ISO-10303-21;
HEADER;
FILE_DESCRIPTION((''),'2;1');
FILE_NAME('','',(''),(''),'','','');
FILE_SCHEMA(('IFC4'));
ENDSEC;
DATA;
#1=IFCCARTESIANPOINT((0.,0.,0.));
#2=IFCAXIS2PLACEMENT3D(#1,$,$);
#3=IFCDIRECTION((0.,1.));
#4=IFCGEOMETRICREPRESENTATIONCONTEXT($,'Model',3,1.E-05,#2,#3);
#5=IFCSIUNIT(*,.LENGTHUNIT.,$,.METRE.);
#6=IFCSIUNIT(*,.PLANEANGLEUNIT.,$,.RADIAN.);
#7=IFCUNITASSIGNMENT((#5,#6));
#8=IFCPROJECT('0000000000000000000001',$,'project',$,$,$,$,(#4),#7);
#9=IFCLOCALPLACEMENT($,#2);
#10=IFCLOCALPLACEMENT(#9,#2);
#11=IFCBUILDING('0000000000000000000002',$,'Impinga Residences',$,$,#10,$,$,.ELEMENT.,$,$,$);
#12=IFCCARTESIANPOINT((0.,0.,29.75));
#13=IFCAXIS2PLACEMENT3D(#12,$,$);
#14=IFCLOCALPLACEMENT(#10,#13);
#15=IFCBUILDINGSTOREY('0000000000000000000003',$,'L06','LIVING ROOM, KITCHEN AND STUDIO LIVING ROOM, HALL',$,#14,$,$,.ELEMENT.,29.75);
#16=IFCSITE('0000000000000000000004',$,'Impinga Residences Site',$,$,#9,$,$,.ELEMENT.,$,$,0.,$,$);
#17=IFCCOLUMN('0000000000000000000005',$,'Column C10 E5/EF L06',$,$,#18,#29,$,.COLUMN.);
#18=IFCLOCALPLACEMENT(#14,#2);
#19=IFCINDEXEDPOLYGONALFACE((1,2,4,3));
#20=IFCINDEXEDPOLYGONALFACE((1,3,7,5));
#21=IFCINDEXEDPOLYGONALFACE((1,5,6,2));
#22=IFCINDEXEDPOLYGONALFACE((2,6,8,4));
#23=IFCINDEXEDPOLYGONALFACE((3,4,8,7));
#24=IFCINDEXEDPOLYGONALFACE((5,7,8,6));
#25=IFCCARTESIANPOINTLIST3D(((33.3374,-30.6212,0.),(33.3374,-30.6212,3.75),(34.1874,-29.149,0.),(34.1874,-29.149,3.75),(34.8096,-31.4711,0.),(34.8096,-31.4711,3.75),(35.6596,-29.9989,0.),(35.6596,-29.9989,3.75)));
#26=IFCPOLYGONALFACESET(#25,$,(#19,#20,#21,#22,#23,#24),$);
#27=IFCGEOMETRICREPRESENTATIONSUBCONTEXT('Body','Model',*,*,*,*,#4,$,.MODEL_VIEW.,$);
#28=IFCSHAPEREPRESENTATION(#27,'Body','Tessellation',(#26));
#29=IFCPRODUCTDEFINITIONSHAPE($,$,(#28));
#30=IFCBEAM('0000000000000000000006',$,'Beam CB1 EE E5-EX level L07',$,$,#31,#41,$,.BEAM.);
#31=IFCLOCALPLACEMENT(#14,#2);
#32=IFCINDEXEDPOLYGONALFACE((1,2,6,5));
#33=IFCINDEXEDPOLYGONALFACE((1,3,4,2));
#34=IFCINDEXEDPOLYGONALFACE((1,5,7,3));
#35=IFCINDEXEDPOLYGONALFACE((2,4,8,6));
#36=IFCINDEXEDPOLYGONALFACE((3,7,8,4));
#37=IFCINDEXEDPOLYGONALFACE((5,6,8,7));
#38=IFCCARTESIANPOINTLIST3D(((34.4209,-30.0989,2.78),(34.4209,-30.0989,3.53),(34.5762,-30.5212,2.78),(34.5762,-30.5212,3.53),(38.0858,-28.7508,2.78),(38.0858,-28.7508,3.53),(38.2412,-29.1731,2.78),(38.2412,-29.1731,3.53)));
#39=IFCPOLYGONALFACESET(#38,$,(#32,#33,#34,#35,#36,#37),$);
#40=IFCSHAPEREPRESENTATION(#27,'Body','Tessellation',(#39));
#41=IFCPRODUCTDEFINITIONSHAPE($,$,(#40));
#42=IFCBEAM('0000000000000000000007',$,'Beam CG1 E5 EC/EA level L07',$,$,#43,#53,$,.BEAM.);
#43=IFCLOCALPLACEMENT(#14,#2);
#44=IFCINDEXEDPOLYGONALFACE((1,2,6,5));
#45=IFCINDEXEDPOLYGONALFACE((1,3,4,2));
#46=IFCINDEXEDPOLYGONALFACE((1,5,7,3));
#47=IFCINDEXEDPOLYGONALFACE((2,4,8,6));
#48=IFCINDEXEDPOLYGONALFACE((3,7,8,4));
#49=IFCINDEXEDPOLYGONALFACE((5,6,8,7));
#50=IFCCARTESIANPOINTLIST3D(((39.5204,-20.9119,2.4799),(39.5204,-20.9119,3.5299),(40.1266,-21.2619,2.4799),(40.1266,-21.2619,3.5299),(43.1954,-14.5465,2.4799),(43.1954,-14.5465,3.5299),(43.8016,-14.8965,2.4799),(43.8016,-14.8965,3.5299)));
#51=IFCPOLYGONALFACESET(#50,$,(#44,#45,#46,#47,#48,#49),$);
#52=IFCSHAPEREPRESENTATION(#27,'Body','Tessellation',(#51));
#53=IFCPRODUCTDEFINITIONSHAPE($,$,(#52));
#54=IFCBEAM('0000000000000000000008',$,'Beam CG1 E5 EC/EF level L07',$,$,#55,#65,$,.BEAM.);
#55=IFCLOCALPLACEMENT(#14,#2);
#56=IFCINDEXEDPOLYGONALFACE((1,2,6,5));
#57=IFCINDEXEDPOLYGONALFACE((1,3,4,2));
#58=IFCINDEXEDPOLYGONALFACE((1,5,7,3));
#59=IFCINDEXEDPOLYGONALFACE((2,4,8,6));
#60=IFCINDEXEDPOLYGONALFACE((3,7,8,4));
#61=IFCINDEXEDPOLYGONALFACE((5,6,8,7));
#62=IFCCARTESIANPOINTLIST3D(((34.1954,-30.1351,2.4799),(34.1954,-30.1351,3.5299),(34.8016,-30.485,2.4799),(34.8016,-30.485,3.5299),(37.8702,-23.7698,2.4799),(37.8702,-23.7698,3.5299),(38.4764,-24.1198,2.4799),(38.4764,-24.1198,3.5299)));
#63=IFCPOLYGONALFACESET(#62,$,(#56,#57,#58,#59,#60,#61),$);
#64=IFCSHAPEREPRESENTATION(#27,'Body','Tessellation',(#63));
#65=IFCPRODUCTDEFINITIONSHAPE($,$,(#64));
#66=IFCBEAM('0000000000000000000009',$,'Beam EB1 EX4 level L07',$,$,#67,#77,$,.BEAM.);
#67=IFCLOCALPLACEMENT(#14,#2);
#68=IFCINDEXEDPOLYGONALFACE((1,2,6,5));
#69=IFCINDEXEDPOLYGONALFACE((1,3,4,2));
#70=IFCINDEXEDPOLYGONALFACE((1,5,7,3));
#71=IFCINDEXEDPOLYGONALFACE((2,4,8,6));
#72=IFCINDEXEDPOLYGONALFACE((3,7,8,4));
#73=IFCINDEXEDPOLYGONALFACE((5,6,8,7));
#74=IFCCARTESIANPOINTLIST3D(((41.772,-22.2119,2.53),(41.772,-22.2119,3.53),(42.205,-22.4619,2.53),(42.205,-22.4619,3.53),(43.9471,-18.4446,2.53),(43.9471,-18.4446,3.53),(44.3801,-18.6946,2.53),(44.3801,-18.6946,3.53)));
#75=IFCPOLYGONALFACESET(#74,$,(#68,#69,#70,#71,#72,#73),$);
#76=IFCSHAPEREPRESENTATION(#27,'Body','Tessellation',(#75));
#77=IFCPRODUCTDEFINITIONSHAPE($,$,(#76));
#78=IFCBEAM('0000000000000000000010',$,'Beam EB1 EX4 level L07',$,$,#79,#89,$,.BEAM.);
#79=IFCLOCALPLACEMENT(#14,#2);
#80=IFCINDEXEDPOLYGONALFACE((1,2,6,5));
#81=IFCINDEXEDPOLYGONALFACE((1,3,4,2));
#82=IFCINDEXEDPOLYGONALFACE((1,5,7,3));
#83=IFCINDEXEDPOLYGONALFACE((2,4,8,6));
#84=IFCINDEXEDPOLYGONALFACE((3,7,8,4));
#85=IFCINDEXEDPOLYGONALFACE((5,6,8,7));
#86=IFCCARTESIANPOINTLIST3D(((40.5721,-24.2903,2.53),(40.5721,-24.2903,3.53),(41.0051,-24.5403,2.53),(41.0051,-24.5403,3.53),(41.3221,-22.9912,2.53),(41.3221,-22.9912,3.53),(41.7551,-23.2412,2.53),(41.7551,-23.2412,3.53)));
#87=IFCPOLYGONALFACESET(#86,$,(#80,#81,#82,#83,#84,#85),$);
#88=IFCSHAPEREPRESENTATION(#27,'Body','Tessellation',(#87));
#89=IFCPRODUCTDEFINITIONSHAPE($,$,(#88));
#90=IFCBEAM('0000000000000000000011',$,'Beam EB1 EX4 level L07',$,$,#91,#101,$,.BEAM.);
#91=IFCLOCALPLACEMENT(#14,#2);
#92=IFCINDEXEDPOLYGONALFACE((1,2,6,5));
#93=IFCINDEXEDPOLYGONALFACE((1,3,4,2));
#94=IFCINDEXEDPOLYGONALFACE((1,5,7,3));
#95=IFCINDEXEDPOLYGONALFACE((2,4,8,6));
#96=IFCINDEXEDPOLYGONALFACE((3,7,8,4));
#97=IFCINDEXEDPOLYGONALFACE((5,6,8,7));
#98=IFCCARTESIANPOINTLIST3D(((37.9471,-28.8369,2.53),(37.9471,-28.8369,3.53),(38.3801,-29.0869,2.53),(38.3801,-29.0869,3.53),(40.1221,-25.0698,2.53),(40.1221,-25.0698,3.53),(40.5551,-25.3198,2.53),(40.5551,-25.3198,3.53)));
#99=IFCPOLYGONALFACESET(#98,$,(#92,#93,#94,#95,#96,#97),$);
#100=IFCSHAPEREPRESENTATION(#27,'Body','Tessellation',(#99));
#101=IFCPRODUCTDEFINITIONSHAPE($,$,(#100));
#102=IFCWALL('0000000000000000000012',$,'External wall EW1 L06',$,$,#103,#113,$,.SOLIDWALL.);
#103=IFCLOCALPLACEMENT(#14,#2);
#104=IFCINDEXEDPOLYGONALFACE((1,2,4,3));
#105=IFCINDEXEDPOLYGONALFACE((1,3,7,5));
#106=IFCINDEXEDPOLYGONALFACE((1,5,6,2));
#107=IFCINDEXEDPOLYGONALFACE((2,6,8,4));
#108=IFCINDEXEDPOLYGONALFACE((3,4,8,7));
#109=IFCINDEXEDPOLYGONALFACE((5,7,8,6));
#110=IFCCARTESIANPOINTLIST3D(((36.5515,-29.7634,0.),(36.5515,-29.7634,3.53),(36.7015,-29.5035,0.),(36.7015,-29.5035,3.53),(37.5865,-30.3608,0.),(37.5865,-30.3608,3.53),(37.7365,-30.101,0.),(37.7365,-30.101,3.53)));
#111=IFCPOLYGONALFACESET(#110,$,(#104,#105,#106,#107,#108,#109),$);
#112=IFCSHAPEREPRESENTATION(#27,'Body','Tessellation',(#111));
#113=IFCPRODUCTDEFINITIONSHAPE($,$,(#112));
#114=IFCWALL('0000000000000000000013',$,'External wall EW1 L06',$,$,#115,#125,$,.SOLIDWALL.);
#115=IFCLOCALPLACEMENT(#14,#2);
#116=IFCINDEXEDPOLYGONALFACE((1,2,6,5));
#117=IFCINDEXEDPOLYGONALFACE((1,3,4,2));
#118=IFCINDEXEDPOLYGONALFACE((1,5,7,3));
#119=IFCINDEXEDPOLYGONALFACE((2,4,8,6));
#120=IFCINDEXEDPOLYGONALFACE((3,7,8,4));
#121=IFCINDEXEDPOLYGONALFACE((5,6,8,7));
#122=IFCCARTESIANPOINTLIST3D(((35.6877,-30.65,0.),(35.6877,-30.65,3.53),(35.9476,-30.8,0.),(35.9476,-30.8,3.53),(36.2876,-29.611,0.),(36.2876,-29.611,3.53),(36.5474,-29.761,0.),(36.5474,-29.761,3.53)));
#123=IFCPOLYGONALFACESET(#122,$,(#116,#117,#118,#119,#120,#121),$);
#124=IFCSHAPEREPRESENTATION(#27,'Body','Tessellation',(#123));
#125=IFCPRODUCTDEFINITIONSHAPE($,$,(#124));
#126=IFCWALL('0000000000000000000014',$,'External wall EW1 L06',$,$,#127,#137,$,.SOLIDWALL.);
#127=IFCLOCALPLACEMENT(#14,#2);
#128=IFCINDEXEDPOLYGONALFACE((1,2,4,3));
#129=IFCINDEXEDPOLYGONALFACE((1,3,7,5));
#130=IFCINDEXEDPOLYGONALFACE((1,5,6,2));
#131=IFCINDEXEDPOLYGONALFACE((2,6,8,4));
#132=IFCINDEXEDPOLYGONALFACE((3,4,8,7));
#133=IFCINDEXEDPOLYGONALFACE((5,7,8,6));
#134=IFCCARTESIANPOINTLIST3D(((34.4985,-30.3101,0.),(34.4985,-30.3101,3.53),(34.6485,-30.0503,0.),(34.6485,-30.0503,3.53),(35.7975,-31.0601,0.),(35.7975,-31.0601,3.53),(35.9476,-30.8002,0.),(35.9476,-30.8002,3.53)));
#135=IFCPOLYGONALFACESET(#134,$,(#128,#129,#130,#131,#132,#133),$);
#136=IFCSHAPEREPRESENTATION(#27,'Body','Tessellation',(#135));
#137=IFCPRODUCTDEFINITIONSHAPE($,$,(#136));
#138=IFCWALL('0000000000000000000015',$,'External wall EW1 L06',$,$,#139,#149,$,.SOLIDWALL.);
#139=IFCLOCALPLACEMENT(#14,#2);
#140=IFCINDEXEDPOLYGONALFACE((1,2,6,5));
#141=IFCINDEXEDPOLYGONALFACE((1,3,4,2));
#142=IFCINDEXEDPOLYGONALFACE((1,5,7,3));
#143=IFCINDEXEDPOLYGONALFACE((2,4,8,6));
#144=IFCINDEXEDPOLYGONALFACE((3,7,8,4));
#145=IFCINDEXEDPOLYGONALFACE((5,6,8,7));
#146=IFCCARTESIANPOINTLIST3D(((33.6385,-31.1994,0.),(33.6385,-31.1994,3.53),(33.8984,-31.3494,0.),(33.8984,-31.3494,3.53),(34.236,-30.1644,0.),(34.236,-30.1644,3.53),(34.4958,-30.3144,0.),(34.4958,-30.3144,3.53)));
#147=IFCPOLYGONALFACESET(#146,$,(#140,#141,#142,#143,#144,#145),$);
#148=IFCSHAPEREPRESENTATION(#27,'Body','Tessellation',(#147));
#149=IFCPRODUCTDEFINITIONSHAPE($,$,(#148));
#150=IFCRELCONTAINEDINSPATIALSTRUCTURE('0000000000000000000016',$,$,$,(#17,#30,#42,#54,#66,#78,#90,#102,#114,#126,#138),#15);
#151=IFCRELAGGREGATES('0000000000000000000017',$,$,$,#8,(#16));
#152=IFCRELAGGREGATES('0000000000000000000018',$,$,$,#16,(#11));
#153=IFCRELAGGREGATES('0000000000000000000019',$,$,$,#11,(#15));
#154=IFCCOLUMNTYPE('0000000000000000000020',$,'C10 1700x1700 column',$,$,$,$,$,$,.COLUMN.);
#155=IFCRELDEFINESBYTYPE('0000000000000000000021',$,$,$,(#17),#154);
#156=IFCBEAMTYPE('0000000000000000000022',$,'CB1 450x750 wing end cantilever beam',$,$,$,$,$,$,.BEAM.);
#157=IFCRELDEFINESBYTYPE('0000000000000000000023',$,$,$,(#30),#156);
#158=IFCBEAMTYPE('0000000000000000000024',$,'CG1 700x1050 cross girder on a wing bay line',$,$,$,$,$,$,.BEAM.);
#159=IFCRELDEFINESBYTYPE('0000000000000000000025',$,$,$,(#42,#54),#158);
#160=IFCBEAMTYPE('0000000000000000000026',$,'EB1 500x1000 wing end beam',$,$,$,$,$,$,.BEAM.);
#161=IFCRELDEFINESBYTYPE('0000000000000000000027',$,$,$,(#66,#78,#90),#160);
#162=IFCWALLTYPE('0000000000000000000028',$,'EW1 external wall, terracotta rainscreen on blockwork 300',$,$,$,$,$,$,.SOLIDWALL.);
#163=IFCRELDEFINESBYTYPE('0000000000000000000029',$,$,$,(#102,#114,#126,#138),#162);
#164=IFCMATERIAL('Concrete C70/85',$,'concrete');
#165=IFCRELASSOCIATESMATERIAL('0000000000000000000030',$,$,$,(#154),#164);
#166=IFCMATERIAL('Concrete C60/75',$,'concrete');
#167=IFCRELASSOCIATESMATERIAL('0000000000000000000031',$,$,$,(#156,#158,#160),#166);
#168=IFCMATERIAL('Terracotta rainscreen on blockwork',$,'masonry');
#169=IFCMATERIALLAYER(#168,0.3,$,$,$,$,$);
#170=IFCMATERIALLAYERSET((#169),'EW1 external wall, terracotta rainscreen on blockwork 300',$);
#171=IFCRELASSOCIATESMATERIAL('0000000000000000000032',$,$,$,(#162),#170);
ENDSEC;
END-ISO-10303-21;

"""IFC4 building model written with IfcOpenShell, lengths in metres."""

from ifc_helpers import new_model, si_unit, direction, frame, frame_2d, origin, origin_2d, place, context, subcontext, project, spatial, rectangle, extrude, material, layer, layer_set, material_profile, profile_set, type_object, element, save


model = new_model("IFC4")

# Units and contexts
model_context = context("Model", 3, precision=1e-05, world=origin(), true_north=direction((0.0, 1.0)))
body_context = subcontext(model_context, "Body", "Model", "MODEL_VIEW")
ifc_project = project(units=[si_unit("LENGTHUNIT", "METRE"), si_unit("PLANEANGLEUNIT", "RADIAN")], contexts=[model_context])

# Site, building, storey
site_placement = place(None, origin())
site = spatial("IfcSite", under=ifc_project, at=site_placement, Name="Impinga Residences Site", CompositionType="ELEMENT", RefElevation=0.0)
building_placement = place(site_placement, origin())
building = spatial("IfcBuilding", under=site, at=building_placement, Name="Impinga Residences", CompositionType="ELEMENT")
storey_placement = place(building_placement, frame((0.0, 0.0, 29.75)))
storey = spatial("IfcBuildingStorey", under=building, at=storey_placement, Name="L06", Description="LIVING ROOM, KITCHEN AND STUDIO LIVING ROOM, HALL", CompositionType="ELEMENT", Elevation=29.75)

# Column
ifc_material_1 = material(Name="Concrete C70/85", Category="concrete")
ifc_material_profile_1 = material_profile(ifc_material_1, rectangle(XDim=1.7, YDim=1.7, at=origin_2d()), Name="RC 1700x1700")
ifc_profile_set_1 = profile_set([ifc_material_profile_1], Name="Concrete C70/85")
column_type = type_object("IfcColumnType", Name="C10 1700x1700 column", PredefinedType="COLUMN", material=ifc_profile_set_1)
column_placement = place(storey_placement, frame((34.4985, -30.3101, 0.0), z_axis=(0.0, 0.0, 1.0), x_axis=(-0.5, -0.866025, 0.0)))
element("IfcColumn", 1, at=column_placement, inside=storey, type_object=column_type, Name="Column C10 E5/EF L06", PredefinedType="COLUMN", context=body_context, shape_type="SweptSolid", body=[
    extrude(rectangle(XDim=1.7, YDim=1.7, at=origin_2d()), origin(), (0.0, 0.0, 1.0), 3.75),
])

# Beams
ifc_material_2 = material(Name="Concrete C60/75", Category="concrete")
ifc_material_profile_2 = material_profile(ifc_material_2, rectangle(XDim=0.45, YDim=0.75, at=origin_2d()), Name="RC 450x750")
ifc_profile_set_2 = profile_set([ifc_material_profile_2], Name="Concrete C60/75")
beam_type_1 = type_object("IfcBeamType", Name="CB1 450x750 wing end cantilever beam", PredefinedType="BEAM", material=ifc_profile_set_2)
beam_1_placement = place(storey_placement, frame((34.4985, -30.3101, 3.155), z_axis=(0.93852, 0.345224, 0.0), x_axis=(-0.345224, 0.93852, 0.0)))
element("IfcBeam", 2, at=beam_1_placement, inside=storey, type_object=beam_type_1, Name="Beam CB1 EE E5-EX level L07", PredefinedType="BEAM", context=body_context, shape_type="SweptSolid", body=[
    extrude(rectangle(XDim=0.45, YDim=0.75, at=origin_2d()), origin(), (0.0, 0.0, 1.0), 3.905),
])
ifc_material_profile_3 = material_profile(ifc_material_2, rectangle(XDim=0.7, YDim=1.05, at=origin_2d()), Name="RC 700x1050")
ifc_profile_set_3 = profile_set([ifc_material_profile_3], Name="Concrete C60/75")
beam_type_2 = type_object("IfcBeamType", Name="CG1 700x1050 cross girder on a wing bay line", PredefinedType="BEAM", material=ifc_profile_set_3)
beam_2_placement = place(storey_placement, frame((39.8235, -21.0869, 3.0049), z_axis=(0.499994, 0.866029, 0.0), x_axis=(-0.866029, 0.499994, 0.0)))
element("IfcBeam", 3, at=beam_2_placement, inside=storey, type_object=beam_type_2, Name="Beam CG1 E5 EC/EA level L07", PredefinedType="BEAM", context=body_context, shape_type="SweptSolid", body=[
    extrude(rectangle(XDim=0.7, YDim=1.05, at=origin_2d()), origin(), (0.0, 0.0, 1.0), 7.3501),
])
beam_3_placement = place(storey_placement, frame((38.1733, -23.9448, 3.0049), z_axis=(-0.499983, -0.866035, 0.0), x_axis=(0.866035, -0.499983, 0.0)))
element("IfcBeam", 4, at=beam_3_placement, inside=storey, type_object=beam_type_2, Name="Beam CG1 E5 EC/EF level L07", PredefinedType="BEAM", context=body_context, shape_type="SweptSolid", body=[
    extrude(rectangle(XDim=0.7, YDim=1.05, at=origin_2d()), origin(), (0.0, 0.0, 1.0), 7.3499),
])
ifc_material_profile_4 = material_profile(ifc_material_2, rectangle(XDim=0.5, YDim=1.0, at=origin_2d()), Name="RC 500x1000")
ifc_profile_set_4 = profile_set([ifc_material_profile_4], Name="Concrete C60/75")
beam_type_3 = type_object("IfcBeamType", Name="EB1 500x1000 wing end beam", PredefinedType="BEAM", material=ifc_profile_set_4)
beam_4_placement = place(storey_placement, frame((44.1636, -18.5696, 3.03), z_axis=(-0.499996, -0.866028, 0.0), x_axis=(0.866028, -0.499996, 0.0)))
element("IfcBeam", 5, at=beam_4_placement, inside=storey, type_object=beam_type_3, Name="Beam EB1 EX4 level L07", PredefinedType="BEAM", context=body_context, shape_type="SweptSolid", body=[
    extrude(rectangle(XDim=0.5, YDim=1.0, at=origin_2d()), origin(), (0.0, 0.0, 1.0), 4.3501),
])
beam_5_placement = place(storey_placement, frame((41.5386, -23.1162, 3.03), z_axis=(-0.49999, -0.866031, 0.0), x_axis=(0.866031, -0.49999, 0.0)))
element("IfcBeam", 6, at=beam_5_placement, inside=storey, type_object=beam_type_3, Name="Beam EB1 EX4 level L07", PredefinedType="BEAM", context=body_context, shape_type="SweptSolid", body=[
    extrude(rectangle(XDim=0.5, YDim=1.0, at=origin_2d()), origin(), (0.0, 0.0, 1.0), 1.5),
])
beam_6_placement = place(storey_placement, frame((40.3386, -25.1948, 3.03), z_axis=(-0.50002, -0.866014, 0.0), x_axis=(0.866014, -0.50002, 0.0)))
element("IfcBeam", 7, at=beam_6_placement, inside=storey, type_object=beam_type_3, Name="Beam EB1 EX4 level L07", PredefinedType="BEAM", context=body_context, shape_type="SweptSolid", body=[
    extrude(rectangle(XDim=0.5, YDim=1.0, at=origin_2d()), origin(), (0.0, 0.0, 1.0), 4.3499),
])

# Walls
ifc_material_3 = material(Name="Terracotta rainscreen on blockwork", Category="masonry")
ifc_layer_1 = layer(ifc_material_3, 0.3)
ifc_layer_set_1 = layer_set([ifc_layer_1], Name="EW1 external wall, terracotta rainscreen on blockwork 300")
wall_type_1 = type_object("IfcWallType", Name="EW1 external wall, terracotta rainscreen on blockwork 300", PredefinedType="SOLIDWALL", material=ifc_layer_set_1)
wall_1_placement = place(storey_placement, frame((37.6616, -30.231, 0.0), z_axis=(0.0, 0.0, 1.0), x_axis=(-0.86606, 0.499941, 0.0)))
element("IfcWall", 8, at=wall_1_placement, inside=storey, type_object=wall_type_1, Name="External wall EW1 L06", PredefinedType="SOLIDWALL", context=body_context, shape_type="SweptSolid", body=[
    extrude(rectangle(XDim=1.1951, YDim=0.3, at=frame_2d((0.5977, 0.0))), origin(), (0.0, 0.0, 1.0), 3.53),
])
wall_2_placement = place(storey_placement, frame((36.4175, -29.686, 0.0), z_axis=(0.0, 0.0, 1.0), x_axis=(-0.499969, -0.866043, 0.0)))
element("IfcWall", 9, at=wall_2_placement, inside=storey, type_object=wall_type_1, Name="External wall EW1 L06", PredefinedType="SOLIDWALL", context=body_context, shape_type="SweptSolid", body=[
    extrude(rectangle(XDim=1.1997, YDim=0.3, at=frame_2d((0.5999, 0.0))), origin(), (0.0, 0.0, 1.0), 3.53),
])
wall_3_placement = place(storey_placement, frame((35.8726, -30.9302, 0.0), z_axis=(0.0, 0.0, 1.0), x_axis=(-0.866031, 0.49999, 0.0)))
element("IfcWall", 10, at=wall_3_placement, inside=storey, type_object=wall_type_1, Name="External wall EW1 L06", PredefinedType="SOLIDWALL", context=body_context, shape_type="SweptSolid", body=[
    extrude(rectangle(XDim=1.5, YDim=0.3, at=frame_2d((0.75, 0.0))), origin(), (0.0, 0.0, 1.0), 3.53),
])
wall_4_placement = place(storey_placement, frame((34.366, -30.2393, 0.0), z_axis=(0.0, 0.0, 1.0), x_axis=(-0.499941, -0.86606, 0.0)))
element("IfcWall", 11, at=wall_4_placement, inside=storey, type_object=wall_type_1, Name="External wall EW1 L06", PredefinedType="SOLIDWALL", context=body_context, shape_type="SweptSolid", body=[
    extrude(rectangle(XDim=1.1951, YDim=0.3, at=frame_2d((0.5977, 0.0))), origin(), (0.0, 0.0, 1.0), 3.53),
])

save(model, "model.ifc")
